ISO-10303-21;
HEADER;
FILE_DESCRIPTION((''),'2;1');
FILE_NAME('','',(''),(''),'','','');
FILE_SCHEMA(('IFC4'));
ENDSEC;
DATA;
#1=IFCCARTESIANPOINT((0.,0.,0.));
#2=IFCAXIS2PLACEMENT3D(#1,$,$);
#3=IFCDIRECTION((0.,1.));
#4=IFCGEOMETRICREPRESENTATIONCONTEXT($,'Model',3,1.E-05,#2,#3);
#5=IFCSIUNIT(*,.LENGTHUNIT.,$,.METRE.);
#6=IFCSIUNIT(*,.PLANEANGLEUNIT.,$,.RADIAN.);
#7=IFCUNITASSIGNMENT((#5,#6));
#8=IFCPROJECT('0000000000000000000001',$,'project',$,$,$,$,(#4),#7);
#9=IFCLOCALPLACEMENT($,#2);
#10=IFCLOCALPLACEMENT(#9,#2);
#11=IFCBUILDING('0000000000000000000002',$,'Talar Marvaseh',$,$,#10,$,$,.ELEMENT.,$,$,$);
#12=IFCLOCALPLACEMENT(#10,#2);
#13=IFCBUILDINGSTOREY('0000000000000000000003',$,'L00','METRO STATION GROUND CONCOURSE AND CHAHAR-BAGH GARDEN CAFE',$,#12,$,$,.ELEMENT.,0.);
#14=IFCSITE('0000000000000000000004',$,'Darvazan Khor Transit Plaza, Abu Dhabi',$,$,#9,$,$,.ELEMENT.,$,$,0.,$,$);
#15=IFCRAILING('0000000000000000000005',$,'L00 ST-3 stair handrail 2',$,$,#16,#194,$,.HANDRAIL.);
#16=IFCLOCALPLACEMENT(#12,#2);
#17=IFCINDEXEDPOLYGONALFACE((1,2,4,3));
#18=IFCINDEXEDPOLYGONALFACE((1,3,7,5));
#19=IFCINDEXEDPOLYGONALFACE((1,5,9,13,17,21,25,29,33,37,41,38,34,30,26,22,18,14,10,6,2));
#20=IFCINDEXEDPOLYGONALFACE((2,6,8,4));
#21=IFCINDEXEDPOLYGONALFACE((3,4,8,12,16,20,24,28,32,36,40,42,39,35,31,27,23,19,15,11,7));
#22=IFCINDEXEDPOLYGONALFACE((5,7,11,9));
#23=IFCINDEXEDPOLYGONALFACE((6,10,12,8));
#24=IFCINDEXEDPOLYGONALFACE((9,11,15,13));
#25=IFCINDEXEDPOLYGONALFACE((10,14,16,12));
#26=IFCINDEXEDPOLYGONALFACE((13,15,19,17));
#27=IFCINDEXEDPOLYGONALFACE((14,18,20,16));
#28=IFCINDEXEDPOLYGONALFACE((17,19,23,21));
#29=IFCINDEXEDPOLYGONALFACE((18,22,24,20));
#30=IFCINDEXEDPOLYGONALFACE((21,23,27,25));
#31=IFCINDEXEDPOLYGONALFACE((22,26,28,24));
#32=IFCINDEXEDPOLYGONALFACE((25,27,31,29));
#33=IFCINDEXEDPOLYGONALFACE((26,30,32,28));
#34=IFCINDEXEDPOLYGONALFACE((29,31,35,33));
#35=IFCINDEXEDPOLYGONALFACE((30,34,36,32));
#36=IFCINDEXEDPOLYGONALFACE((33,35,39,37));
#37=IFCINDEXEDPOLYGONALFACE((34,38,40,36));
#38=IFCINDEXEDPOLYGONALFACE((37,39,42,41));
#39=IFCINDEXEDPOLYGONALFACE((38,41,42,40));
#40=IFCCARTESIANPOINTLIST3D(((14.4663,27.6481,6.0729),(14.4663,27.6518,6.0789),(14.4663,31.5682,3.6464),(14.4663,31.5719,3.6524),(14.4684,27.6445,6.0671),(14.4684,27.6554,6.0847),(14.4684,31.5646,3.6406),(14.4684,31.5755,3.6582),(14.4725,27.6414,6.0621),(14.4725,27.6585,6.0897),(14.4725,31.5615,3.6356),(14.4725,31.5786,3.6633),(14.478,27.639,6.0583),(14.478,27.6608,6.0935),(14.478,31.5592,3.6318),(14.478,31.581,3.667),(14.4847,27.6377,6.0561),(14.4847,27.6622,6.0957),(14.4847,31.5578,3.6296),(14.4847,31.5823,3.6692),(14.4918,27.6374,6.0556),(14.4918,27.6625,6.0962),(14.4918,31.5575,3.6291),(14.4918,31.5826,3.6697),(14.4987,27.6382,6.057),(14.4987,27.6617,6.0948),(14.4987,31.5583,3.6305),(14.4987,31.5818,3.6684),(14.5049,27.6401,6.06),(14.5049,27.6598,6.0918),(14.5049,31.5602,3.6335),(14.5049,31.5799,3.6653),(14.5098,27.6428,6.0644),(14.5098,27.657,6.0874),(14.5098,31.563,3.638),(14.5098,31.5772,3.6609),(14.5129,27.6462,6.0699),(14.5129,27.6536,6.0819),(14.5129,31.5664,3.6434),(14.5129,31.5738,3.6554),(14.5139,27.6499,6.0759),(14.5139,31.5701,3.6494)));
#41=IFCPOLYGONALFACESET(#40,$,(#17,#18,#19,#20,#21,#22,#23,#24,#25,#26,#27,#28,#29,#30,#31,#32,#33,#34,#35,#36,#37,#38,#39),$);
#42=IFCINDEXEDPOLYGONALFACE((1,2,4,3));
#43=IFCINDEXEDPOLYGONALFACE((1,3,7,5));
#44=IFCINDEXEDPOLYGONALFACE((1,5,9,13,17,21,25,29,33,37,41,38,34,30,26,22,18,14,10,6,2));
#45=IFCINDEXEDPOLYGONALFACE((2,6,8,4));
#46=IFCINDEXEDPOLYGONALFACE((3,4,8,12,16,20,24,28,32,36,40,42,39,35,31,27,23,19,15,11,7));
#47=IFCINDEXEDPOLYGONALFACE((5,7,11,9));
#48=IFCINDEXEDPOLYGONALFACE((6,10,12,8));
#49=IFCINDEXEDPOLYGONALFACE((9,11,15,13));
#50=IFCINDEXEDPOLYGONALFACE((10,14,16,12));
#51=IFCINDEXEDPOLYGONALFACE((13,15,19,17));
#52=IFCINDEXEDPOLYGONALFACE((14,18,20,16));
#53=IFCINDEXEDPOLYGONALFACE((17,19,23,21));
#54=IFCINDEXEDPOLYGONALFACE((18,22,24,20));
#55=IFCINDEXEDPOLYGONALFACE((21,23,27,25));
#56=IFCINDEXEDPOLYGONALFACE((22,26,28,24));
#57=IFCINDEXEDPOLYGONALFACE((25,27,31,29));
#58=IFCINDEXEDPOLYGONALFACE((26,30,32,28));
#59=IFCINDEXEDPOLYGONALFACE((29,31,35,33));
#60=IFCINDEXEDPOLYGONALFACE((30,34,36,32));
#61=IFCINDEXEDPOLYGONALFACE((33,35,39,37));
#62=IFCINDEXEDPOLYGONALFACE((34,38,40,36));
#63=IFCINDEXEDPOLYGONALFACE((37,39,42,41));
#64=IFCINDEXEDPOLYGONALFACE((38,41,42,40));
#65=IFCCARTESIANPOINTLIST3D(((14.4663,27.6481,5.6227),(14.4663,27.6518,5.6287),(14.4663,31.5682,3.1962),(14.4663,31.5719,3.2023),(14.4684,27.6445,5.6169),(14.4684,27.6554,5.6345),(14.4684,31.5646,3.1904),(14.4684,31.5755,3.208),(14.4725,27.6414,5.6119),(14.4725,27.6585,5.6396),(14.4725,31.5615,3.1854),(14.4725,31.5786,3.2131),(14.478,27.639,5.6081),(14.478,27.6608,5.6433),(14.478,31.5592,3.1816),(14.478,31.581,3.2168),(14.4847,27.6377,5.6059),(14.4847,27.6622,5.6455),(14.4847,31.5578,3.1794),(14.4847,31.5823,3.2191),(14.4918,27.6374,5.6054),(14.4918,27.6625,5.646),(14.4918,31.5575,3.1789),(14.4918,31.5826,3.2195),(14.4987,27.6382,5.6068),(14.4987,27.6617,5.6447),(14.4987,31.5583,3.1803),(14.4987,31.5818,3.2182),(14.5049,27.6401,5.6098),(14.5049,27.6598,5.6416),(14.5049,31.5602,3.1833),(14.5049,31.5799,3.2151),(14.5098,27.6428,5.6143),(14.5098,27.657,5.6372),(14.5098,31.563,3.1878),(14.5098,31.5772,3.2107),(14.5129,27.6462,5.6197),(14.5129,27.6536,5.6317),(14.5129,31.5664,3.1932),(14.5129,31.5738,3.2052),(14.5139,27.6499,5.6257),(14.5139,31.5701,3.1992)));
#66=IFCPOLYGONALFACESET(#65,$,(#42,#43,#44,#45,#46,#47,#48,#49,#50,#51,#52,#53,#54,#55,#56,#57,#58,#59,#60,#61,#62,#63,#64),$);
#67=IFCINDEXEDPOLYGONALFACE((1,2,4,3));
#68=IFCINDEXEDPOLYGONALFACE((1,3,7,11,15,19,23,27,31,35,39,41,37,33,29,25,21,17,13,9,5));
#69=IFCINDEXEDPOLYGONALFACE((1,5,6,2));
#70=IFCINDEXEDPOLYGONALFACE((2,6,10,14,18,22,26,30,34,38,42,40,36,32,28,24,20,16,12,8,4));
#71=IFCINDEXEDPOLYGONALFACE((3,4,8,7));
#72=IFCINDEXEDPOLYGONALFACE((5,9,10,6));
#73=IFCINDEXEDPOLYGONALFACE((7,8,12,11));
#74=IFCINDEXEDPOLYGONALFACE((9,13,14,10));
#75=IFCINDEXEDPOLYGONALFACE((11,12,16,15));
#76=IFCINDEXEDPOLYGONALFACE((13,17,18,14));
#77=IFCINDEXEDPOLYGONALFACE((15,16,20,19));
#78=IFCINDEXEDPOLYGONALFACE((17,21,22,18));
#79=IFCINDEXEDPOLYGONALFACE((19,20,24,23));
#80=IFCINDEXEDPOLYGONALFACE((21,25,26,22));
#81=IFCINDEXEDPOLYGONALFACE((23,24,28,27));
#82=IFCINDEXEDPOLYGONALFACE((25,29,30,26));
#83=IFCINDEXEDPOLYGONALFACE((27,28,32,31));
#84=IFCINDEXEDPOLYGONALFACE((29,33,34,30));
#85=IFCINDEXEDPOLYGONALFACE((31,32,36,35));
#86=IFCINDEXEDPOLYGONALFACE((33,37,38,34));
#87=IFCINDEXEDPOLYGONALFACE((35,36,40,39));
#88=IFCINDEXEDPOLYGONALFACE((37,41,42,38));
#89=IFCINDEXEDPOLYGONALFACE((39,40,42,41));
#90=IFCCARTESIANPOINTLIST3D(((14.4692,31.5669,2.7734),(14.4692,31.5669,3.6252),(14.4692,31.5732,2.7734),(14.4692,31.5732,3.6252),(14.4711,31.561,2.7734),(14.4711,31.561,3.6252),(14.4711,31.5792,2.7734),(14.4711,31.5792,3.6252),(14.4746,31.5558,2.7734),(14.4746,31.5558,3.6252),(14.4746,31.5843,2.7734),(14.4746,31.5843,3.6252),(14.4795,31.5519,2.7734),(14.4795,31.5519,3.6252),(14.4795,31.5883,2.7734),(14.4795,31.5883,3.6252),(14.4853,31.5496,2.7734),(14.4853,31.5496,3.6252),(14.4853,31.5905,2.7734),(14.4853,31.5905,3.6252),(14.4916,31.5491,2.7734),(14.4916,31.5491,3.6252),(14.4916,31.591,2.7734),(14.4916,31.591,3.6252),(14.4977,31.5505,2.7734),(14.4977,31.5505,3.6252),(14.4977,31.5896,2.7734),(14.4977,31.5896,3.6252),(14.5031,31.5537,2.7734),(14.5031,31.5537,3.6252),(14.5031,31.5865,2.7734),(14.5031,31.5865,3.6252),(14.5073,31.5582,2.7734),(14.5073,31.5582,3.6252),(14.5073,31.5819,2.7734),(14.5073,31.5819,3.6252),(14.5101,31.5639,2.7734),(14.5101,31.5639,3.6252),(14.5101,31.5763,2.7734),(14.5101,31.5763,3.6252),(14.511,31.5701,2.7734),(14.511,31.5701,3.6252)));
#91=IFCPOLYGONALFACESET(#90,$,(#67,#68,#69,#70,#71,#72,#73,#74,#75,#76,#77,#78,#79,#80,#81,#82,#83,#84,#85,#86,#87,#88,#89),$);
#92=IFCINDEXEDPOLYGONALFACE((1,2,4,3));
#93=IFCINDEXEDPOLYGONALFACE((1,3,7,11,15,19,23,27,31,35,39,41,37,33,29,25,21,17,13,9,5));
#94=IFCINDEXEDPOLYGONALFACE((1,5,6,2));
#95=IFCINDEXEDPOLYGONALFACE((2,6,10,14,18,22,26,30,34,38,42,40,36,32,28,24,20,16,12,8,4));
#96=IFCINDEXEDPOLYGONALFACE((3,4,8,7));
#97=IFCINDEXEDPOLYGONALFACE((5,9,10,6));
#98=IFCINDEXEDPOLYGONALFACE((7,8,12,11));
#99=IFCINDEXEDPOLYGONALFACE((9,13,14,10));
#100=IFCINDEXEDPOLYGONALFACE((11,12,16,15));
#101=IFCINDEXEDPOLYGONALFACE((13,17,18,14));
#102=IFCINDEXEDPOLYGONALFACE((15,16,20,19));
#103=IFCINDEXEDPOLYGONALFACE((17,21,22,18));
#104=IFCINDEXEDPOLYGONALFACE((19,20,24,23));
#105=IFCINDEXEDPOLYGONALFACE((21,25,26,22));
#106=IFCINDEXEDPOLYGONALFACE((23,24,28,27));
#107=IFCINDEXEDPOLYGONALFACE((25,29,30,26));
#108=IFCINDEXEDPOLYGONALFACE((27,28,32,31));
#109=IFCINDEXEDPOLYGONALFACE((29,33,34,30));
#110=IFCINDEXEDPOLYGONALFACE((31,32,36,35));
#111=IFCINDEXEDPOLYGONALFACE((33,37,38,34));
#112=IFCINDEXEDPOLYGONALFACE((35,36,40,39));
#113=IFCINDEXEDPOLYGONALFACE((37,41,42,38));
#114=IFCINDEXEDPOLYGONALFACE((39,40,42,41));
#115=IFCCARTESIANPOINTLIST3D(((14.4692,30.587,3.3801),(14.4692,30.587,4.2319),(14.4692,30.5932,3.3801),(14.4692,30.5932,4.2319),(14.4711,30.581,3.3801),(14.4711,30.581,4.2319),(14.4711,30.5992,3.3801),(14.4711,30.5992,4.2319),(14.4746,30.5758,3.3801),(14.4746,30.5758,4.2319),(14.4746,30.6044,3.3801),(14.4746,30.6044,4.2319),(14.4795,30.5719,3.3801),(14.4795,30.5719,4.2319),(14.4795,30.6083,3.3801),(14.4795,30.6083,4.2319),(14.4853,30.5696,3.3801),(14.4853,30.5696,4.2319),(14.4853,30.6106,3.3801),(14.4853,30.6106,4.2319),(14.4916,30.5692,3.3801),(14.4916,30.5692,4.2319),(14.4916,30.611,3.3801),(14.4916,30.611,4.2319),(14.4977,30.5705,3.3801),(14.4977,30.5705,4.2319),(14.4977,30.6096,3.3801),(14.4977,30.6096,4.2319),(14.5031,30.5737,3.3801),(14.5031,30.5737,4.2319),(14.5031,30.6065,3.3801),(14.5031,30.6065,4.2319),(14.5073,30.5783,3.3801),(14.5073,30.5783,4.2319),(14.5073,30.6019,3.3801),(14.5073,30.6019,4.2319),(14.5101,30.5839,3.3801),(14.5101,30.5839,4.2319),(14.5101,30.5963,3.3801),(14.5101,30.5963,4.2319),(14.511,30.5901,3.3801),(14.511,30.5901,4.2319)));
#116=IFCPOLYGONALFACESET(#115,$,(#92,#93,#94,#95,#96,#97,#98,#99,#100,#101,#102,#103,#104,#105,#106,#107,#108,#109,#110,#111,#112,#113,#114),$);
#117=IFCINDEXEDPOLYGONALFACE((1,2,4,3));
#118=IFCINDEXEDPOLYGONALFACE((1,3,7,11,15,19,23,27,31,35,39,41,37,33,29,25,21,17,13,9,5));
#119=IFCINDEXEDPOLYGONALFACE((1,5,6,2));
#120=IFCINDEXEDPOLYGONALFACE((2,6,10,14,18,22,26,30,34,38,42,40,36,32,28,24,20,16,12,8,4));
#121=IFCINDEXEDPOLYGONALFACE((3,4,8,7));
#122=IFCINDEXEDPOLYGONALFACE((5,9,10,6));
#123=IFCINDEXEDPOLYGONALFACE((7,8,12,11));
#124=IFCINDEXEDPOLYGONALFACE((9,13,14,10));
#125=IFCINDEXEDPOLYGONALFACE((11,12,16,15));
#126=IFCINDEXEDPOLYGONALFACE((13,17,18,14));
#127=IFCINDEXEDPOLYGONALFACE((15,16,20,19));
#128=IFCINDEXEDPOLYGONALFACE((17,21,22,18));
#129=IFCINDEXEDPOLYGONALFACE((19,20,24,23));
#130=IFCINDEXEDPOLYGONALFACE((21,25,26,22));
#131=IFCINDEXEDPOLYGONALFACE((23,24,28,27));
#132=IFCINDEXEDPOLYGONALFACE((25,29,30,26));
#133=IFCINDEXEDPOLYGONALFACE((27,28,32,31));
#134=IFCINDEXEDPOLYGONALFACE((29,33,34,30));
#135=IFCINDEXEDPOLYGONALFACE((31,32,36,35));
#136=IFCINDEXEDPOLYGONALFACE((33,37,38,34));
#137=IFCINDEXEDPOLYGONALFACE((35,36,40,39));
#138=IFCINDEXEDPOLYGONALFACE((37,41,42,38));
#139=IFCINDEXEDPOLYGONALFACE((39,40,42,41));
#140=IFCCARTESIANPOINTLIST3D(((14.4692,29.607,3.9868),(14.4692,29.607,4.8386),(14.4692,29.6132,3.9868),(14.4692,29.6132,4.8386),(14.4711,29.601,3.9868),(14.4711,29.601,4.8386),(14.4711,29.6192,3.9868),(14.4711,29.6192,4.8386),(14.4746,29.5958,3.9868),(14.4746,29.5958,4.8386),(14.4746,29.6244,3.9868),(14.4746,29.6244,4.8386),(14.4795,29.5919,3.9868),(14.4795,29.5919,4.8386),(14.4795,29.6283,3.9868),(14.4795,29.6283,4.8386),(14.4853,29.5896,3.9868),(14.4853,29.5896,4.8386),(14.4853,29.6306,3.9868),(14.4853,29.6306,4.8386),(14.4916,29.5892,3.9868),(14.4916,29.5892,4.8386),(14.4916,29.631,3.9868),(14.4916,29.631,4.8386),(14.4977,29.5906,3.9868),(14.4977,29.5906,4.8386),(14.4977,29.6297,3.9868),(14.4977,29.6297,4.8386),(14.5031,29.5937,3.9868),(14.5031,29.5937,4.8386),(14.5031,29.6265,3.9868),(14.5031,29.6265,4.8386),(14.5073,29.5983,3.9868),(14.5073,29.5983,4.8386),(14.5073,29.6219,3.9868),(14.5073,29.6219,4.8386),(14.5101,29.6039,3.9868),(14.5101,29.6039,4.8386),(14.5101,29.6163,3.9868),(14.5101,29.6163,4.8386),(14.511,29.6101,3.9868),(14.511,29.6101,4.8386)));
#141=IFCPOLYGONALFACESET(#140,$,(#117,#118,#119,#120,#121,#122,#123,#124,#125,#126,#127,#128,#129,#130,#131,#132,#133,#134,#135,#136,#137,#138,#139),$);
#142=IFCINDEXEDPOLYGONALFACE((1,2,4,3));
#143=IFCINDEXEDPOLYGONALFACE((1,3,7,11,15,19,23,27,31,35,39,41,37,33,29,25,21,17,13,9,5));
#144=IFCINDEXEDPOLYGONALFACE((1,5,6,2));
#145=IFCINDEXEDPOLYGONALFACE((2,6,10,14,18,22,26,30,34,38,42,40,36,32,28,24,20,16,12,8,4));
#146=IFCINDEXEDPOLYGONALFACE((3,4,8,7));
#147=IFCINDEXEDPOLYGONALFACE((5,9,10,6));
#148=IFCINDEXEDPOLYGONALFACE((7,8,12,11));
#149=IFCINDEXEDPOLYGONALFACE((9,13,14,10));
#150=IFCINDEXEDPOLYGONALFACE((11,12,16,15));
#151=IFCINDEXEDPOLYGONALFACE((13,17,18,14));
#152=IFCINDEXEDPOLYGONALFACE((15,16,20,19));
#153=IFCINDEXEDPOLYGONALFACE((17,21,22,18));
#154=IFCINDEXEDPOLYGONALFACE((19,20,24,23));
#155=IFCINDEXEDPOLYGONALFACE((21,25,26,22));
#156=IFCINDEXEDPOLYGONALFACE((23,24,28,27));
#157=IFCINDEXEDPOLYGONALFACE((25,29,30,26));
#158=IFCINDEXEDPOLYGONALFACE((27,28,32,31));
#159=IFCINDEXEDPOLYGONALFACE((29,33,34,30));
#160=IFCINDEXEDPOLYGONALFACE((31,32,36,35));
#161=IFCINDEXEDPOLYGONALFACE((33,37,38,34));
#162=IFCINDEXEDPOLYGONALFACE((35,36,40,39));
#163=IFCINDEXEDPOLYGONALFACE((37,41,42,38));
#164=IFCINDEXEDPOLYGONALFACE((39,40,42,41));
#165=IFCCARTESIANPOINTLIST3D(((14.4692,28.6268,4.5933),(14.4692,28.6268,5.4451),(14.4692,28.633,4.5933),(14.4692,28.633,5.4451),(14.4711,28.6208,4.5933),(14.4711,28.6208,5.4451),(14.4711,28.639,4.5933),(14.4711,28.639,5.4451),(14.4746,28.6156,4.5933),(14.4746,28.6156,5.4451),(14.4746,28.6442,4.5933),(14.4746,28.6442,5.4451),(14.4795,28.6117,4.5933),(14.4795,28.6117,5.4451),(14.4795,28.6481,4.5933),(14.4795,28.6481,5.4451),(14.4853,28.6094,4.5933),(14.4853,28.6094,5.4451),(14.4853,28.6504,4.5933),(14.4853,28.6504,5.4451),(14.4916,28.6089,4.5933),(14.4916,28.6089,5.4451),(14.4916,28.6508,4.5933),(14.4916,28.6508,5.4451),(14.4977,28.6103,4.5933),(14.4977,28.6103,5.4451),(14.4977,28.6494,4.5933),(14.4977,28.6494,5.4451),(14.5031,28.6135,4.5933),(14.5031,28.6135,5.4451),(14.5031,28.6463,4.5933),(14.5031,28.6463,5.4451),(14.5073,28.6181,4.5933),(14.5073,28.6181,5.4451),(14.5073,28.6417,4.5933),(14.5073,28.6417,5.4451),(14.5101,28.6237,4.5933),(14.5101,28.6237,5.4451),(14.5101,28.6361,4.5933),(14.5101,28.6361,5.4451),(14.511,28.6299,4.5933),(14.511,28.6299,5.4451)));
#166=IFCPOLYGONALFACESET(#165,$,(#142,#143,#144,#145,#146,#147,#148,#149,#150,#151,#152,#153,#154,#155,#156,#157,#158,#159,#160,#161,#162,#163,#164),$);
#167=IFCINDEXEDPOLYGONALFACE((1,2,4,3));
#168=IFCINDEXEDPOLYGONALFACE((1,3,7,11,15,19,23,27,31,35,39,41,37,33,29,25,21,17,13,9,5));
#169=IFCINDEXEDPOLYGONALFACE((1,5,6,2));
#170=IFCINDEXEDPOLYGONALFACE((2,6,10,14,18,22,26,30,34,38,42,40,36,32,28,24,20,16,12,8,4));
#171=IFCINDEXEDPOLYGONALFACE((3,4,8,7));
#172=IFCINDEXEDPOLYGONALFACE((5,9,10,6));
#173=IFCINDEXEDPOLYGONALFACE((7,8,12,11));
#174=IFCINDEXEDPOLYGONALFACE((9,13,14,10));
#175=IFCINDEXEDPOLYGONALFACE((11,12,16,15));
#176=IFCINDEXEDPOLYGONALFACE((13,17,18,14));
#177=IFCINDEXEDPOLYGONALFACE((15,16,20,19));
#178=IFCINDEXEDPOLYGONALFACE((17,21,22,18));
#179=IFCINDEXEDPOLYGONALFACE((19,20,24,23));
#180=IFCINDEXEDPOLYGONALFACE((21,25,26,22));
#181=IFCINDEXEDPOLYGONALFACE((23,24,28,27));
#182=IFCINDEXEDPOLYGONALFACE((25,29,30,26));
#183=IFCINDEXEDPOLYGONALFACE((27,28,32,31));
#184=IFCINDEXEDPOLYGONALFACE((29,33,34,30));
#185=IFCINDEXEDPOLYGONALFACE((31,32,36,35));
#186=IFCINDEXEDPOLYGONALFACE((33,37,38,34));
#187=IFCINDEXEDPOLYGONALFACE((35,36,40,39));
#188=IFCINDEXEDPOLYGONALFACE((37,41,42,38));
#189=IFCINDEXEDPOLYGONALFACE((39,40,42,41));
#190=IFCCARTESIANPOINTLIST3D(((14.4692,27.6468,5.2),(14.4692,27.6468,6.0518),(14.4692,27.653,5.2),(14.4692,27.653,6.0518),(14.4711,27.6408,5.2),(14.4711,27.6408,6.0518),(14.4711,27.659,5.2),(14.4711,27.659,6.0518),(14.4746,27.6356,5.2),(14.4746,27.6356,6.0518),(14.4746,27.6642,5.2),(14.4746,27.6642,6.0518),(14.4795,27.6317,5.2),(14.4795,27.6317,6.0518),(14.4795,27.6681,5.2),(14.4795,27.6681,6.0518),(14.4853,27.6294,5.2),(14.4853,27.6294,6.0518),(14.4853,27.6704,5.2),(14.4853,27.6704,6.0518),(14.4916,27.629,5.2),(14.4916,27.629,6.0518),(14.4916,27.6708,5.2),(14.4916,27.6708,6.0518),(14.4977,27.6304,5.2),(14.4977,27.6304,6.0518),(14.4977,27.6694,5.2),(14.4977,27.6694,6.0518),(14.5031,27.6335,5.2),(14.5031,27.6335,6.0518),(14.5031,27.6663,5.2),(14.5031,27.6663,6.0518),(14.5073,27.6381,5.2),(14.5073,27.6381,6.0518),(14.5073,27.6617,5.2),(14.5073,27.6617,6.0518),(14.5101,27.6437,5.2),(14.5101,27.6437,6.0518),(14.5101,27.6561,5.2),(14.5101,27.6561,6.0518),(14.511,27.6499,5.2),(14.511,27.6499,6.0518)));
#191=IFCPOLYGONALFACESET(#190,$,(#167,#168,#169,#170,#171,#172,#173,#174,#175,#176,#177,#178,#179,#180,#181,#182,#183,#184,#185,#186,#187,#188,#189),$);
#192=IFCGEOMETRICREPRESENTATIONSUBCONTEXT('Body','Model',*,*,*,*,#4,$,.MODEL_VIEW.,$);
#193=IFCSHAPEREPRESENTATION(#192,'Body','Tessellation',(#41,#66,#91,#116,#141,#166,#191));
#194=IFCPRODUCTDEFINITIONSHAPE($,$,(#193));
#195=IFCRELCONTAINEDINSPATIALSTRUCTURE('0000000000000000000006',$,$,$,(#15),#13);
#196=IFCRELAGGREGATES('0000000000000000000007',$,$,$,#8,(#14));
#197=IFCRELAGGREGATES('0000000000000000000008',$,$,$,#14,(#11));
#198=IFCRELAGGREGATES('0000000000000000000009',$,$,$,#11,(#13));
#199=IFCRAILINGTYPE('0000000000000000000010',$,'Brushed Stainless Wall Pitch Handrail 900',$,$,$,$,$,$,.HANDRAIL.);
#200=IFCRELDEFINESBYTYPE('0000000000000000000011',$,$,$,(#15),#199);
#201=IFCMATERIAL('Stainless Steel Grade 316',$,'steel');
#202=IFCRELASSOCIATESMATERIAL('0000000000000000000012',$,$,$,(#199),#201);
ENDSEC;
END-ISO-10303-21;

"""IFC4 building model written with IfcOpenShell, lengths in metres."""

from ifc_helpers import new_model, si_unit, direction, frame, origin, origin_2d, place, context, subcontext, project, spatial, circle, extrude, material, type_object, element, save


model = new_model("IFC4")

# Units and contexts
model_context = context("Model", 3, precision=1e-05, world=origin(), true_north=direction((0.0, 1.0)))
body_context = subcontext(model_context, "Body", "Model", "MODEL_VIEW")
ifc_project = project(units=[si_unit("LENGTHUNIT", "METRE"), si_unit("PLANEANGLEUNIT", "RADIAN")], contexts=[model_context])

# Site, building, storey
site_placement = place(None, origin())
site = spatial("IfcSite", under=ifc_project, at=site_placement, Name="Darvazan Khor Transit Plaza, Abu Dhabi", CompositionType="ELEMENT", RefElevation=0.0)
building_placement = place(site_placement, origin())
building = spatial("IfcBuilding", under=site, at=building_placement, Name="Talar Marvaseh", CompositionType="ELEMENT")
storey_placement = place(building_placement, origin())
storey = spatial("IfcBuildingStorey", under=building, at=storey_placement, Name="L00", Description="METRO STATION GROUND CONCOURSE AND CHAHAR-BAGH GARDEN CAFE", CompositionType="ELEMENT", Elevation=0.0)

# Railing
ifc_material_1 = material(Name="Stainless Steel Grade 316", Category="steel")
railing_type_1 = type_object("IfcRailingType", Name="Brushed Stainless Wall Pitch Handrail 900", PredefinedType="HANDRAIL", material=ifc_material_1)
railing_1_placement = place(storey_placement, frame((14.49, 31.5701, 2.7734)))
element("IfcRailing", 1, at=railing_1_placement, inside=storey, type_object=railing_type_1, Name="L00 ST-3 stair handrail 2", PredefinedType="HANDRAIL", context=body_context, shape_type="SweptSolid", body=[
    extrude(circle(Radius=0.0239, at=origin_2d()), frame((0.0, 0.0, 0.876), z_axis=(0.0, -0.85029, 0.526315), x_axis=(1.0, 0.0, 0.0)), (0.0, 0.0, 1.0), 4.6104),
    extrude(circle(Radius=0.0239, at=origin_2d()), frame((0.0, 0.0, 0.4258), z_axis=(0.0, -0.85029, 0.526315), x_axis=(1.0, 0.0, 0.0)), (0.0, 0.0, 1.0), 4.6104),
    extrude(circle(Radius=0.021, at=origin_2d()), origin(), (0.0, 0.0, 1.0), 0.8518),
    extrude(circle(Radius=0.021, at=origin_2d()), frame((0.0, -0.98, 0.6067)), (0.0, 0.0, 1.0), 0.8518),
    extrude(circle(Radius=0.021, at=origin_2d()), frame((0.0, -1.96, 1.2134)), (0.0, 0.0, 1.0), 0.8518),
    extrude(circle(Radius=0.021, at=origin_2d()), frame((0.0, -2.9402, 1.8198)), (0.0, 0.0, 1.0), 0.8518),
    extrude(circle(Radius=0.021, at=origin_2d()), frame((0.0, -3.9202, 2.4265)), (0.0, 0.0, 1.0), 0.8518),
])

save(model, "model.ifc")
